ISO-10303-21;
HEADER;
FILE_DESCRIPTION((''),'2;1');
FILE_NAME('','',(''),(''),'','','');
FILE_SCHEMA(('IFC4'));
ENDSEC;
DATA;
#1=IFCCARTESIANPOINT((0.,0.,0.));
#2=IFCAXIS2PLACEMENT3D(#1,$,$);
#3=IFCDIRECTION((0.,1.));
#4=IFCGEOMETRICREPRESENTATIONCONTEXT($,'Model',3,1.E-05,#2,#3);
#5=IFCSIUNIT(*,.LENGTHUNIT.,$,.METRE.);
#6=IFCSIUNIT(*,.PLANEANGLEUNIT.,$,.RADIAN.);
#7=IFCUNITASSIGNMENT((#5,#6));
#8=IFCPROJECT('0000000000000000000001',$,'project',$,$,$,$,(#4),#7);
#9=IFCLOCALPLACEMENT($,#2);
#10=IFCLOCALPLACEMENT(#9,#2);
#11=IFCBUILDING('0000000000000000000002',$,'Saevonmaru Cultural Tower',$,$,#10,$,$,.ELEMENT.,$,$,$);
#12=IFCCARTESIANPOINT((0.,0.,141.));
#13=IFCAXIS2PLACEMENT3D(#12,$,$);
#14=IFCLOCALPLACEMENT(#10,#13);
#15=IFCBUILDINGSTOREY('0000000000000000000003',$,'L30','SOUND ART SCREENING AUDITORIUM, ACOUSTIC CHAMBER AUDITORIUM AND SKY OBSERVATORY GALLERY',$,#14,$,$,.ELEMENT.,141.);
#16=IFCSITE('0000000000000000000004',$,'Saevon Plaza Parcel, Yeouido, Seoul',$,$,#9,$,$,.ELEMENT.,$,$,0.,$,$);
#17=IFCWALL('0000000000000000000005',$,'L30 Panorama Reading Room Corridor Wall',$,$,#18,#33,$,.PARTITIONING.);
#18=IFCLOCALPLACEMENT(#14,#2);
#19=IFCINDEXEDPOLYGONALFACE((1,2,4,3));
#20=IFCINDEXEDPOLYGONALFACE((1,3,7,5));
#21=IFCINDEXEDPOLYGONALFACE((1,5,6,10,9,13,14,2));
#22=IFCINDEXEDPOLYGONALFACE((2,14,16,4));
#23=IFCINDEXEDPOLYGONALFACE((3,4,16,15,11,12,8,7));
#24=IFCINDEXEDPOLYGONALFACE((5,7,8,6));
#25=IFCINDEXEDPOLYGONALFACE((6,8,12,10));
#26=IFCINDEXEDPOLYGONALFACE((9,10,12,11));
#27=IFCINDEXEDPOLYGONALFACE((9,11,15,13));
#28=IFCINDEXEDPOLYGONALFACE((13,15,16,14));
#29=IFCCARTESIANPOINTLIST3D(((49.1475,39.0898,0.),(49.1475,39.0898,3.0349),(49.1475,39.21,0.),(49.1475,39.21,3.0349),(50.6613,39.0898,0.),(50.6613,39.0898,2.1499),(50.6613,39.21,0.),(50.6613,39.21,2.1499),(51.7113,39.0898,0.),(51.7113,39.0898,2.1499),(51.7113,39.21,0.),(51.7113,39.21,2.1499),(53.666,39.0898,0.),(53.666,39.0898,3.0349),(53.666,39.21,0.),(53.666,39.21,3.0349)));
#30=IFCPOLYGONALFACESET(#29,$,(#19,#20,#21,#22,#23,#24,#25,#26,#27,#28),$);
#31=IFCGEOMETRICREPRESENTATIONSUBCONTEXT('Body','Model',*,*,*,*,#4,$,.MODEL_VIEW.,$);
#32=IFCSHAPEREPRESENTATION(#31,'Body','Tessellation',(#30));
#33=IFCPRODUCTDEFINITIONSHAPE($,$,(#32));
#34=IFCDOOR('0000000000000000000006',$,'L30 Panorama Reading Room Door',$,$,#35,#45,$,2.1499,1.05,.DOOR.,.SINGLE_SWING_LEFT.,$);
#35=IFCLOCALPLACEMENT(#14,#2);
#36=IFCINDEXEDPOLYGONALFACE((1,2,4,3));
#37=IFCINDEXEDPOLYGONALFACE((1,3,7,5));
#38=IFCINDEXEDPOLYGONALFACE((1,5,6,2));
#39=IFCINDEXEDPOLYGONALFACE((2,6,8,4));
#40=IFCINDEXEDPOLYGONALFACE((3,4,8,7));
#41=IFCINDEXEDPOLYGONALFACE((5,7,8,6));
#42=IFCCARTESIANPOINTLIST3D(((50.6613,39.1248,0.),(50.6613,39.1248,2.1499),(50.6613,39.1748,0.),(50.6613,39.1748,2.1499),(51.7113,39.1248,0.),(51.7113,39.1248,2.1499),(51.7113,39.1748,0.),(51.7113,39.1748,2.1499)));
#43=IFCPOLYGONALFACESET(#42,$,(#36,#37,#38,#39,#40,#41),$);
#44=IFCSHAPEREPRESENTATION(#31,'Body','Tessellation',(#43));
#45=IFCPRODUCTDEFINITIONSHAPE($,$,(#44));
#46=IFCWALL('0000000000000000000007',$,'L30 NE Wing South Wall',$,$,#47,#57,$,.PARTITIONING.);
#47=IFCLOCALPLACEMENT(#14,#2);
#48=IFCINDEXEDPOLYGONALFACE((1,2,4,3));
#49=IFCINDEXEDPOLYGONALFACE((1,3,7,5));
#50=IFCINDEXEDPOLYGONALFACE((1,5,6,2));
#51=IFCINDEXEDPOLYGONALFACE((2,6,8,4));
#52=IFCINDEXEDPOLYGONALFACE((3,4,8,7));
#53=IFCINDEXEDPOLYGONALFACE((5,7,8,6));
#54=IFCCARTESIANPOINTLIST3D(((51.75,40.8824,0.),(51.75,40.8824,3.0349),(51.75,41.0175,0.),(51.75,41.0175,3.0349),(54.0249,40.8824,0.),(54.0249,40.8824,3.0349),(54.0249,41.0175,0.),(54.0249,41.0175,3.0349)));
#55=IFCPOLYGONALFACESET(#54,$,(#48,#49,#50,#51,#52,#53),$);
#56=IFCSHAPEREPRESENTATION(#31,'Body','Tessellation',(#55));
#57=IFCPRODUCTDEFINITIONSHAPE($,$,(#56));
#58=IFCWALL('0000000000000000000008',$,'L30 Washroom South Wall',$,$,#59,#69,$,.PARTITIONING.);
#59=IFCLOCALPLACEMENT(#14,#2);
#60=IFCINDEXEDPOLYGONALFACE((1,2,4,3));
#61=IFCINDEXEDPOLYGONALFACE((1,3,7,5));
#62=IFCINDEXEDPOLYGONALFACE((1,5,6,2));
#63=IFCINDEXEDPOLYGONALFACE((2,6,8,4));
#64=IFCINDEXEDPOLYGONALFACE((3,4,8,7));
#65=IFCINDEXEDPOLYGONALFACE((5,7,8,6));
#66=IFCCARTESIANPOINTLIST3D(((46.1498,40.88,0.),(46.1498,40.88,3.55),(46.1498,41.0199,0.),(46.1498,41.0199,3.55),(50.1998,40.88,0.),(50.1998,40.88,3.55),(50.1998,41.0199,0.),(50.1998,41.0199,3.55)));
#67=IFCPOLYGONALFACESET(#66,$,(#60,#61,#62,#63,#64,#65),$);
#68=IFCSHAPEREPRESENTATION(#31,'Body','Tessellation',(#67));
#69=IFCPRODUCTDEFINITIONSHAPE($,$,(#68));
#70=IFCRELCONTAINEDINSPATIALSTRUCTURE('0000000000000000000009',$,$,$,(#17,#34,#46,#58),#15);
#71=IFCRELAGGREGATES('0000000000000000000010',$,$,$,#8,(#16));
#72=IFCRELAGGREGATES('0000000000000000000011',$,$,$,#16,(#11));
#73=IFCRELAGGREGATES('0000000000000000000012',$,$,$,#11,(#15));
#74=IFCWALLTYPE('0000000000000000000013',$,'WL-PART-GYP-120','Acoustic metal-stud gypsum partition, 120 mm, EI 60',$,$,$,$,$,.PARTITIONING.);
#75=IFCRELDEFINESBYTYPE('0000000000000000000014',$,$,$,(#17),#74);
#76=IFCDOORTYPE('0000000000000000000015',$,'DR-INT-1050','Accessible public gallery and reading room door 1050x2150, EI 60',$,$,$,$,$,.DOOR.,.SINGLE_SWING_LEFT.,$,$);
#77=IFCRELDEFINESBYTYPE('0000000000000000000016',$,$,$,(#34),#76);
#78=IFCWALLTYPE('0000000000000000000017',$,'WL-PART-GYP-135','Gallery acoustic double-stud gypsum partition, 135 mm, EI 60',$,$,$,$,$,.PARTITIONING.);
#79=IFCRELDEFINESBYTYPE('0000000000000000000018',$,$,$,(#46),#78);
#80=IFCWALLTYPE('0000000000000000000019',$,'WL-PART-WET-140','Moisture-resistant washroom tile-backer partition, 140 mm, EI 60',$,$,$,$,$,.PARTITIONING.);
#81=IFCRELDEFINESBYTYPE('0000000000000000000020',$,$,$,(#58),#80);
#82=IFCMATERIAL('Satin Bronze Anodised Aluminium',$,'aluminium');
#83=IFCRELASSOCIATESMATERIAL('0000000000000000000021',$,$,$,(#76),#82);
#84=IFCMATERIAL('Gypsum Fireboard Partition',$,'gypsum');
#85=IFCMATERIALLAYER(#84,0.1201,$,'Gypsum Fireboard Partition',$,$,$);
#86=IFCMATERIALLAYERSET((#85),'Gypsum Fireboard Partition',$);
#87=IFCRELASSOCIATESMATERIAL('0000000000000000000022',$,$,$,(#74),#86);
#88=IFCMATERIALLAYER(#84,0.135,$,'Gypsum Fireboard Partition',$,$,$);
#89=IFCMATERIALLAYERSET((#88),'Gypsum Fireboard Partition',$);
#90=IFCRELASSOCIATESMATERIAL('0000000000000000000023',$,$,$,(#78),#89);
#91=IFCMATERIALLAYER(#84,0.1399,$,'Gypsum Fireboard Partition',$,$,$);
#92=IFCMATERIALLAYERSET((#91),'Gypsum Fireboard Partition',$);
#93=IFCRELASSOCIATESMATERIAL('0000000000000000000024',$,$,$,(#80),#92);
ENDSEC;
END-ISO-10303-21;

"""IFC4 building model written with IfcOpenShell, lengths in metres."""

from ifc_helpers import new_model, si_unit, direction, frame, frame_2d, origin, place, context, subcontext, project, spatial, rectangle, extrude, material, layer, layer_set, type_object, element, fill, save


model = new_model("IFC4")

# Units and contexts
model_context = context("Model", 3, precision=1e-05, world=origin(), true_north=direction((0.0, 1.0)))
body_context = subcontext(model_context, "Body", "Model", "MODEL_VIEW")
ifc_project = project(units=[si_unit("LENGTHUNIT", "METRE"), si_unit("PLANEANGLEUNIT", "RADIAN")], contexts=[model_context])

# Site, building, storey
site_placement = place(None, origin())
site = spatial("IfcSite", under=ifc_project, at=site_placement, Name="Saevon Plaza Parcel, Yeouido, Seoul", CompositionType="ELEMENT", RefElevation=0.0)
building_placement = place(site_placement, origin())
building = spatial("IfcBuilding", under=site, at=building_placement, Name="Saevonmaru Cultural Tower", CompositionType="ELEMENT")
storey_placement = place(building_placement, frame((0.0, 0.0, 141.0)))
storey = spatial("IfcBuildingStorey", under=building, at=storey_placement, Name="L30", Description="SOUND ART SCREENING AUDITORIUM, ACOUSTIC CHAMBER AUDITORIUM AND SKY OBSERVATORY GALLERY", CompositionType="ELEMENT", Elevation=141.0)

# Shared definitions
ifc_material_1 = material(Name="Satin Bronze Anodised Aluminium", Category="aluminium")

# Shared definitions
ifc_material_2 = material(Name="Gypsum Fireboard Partition", Category="gypsum")

# Wall, opening, door
door_type_1 = type_object("IfcDoorType", Name="DR-INT-1050", Description="Accessible public gallery and reading room door 1050x2150, EI 60", OperationType="SINGLE_SWING_LEFT", PredefinedType="DOOR", material=ifc_material_1)
ifc_layer_1 = layer(ifc_material_2, 0.1201, Name="Gypsum Fireboard Partition")
ifc_layer_set_1 = layer_set([ifc_layer_1], Name="Gypsum Fireboard Partition")
wall_type_1 = type_object("IfcWallType", Name="WL-PART-GYP-120", Description="Acoustic metal-stud gypsum partition, 120 mm, EI 60", PredefinedType="PARTITIONING", material=ifc_layer_set_1)
wall_1_placement = place(storey_placement, frame((49.1475, 39.1499, 0.0), z_axis=(0.0, 0.0, 1.0), x_axis=(1.0, 0.0, 0.0)))
wall_1 = element("IfcWall", 1, at=wall_1_placement, inside=storey, type_object=wall_type_1, Name="L30 Panorama Reading Room Corridor Wall", PredefinedType="PARTITIONING", context=body_context, shape_type="SweptSolid", body=[
    extrude(rectangle(XDim=4.5186, YDim=0.1201, at=frame_2d((2.2593, 0.0))), origin(), (0.0, 0.0, 1.0), 3.0349),
])
opening_1_placement = place(wall_1_placement, frame((1.5139, 0.0, 0.0)))
opening_1 = element("IfcOpeningElement", 2, at=opening_1_placement, cuts=wall_1, PredefinedType="OPENING", context=body_context, shape_type="SweptSolid", body=[
    extrude(rectangle(XDim=1.05, YDim=2.1499, at=frame_2d((0.5249, 1.075))), frame((0.0, 0.0701, 0.0), z_axis=(0.0, -1.0, 0.0), x_axis=(1.0, 0.0, 0.0)), (0.0, 0.0, 1.0), 0.1401),
])
door_1_placement = place(opening_1_placement, origin())
door_1 = element("IfcDoor", 3, at=door_1_placement, inside=storey, type_object=door_type_1, Name="L30 Panorama Reading Room Door", OperationType="SINGLE_SWING_LEFT", OverallHeight=2.1499, OverallWidth=1.05, PredefinedType="DOOR", context=body_context, shape_type="SweptSolid", body=[
    extrude(rectangle(XDim=1.05, YDim=2.1499, at=frame_2d((0.5249, 1.075))), frame((0.0, 0.0249, 0.0), z_axis=(0.0, -1.0, 0.0), x_axis=(1.0, 0.0, 0.0)), (0.0, 0.0, 1.0), 0.05),
])
fill(opening_1, door_1)

# Walls
ifc_layer_2 = layer(ifc_material_2, 0.135, Name="Gypsum Fireboard Partition")
ifc_layer_set_2 = layer_set([ifc_layer_2], Name="Gypsum Fireboard Partition")
wall_type_2 = type_object("IfcWallType", Name="WL-PART-GYP-135", Description="Gallery acoustic double-stud gypsum partition, 135 mm, EI 60", PredefinedType="PARTITIONING", material=ifc_layer_set_2)
wall_2_placement = place(storey_placement, frame((51.75, 40.95, 0.0), z_axis=(0.0, 0.0, 1.0), x_axis=(1.0, 0.0, 0.0)))
element("IfcWall", 4, at=wall_2_placement, inside=storey, type_object=wall_type_2, Name="L30 NE Wing South Wall", PredefinedType="PARTITIONING", context=body_context, shape_type="SweptSolid", body=[
    extrude(rectangle(XDim=2.2749, YDim=0.135, at=frame_2d((1.1375, 0.0))), origin(), (0.0, 0.0, 1.0), 3.0349),
])
ifc_layer_3 = layer(ifc_material_2, 0.1399, Name="Gypsum Fireboard Partition")
ifc_layer_set_3 = layer_set([ifc_layer_3], Name="Gypsum Fireboard Partition")
wall_type_3 = type_object("IfcWallType", Name="WL-PART-WET-140", Description="Moisture-resistant washroom tile-backer partition, 140 mm, EI 60", PredefinedType="PARTITIONING", material=ifc_layer_set_3)
wall_3_placement = place(storey_placement, frame((46.1499, 40.95, 0.0), z_axis=(0.0, 0.0, 1.0), x_axis=(1.0, 0.0, 0.0)))
element("IfcWall", 5, at=wall_3_placement, inside=storey, type_object=wall_type_3, Name="L30 Washroom South Wall", PredefinedType="PARTITIONING", context=body_context, shape_type="SweptSolid", body=[
    extrude(rectangle(XDim=4.05, YDim=0.1399, at=frame_2d((2.0249, 0.0))), origin(), (0.0, 0.0, 1.0), 3.55),
])

save(model, "model.ifc")
